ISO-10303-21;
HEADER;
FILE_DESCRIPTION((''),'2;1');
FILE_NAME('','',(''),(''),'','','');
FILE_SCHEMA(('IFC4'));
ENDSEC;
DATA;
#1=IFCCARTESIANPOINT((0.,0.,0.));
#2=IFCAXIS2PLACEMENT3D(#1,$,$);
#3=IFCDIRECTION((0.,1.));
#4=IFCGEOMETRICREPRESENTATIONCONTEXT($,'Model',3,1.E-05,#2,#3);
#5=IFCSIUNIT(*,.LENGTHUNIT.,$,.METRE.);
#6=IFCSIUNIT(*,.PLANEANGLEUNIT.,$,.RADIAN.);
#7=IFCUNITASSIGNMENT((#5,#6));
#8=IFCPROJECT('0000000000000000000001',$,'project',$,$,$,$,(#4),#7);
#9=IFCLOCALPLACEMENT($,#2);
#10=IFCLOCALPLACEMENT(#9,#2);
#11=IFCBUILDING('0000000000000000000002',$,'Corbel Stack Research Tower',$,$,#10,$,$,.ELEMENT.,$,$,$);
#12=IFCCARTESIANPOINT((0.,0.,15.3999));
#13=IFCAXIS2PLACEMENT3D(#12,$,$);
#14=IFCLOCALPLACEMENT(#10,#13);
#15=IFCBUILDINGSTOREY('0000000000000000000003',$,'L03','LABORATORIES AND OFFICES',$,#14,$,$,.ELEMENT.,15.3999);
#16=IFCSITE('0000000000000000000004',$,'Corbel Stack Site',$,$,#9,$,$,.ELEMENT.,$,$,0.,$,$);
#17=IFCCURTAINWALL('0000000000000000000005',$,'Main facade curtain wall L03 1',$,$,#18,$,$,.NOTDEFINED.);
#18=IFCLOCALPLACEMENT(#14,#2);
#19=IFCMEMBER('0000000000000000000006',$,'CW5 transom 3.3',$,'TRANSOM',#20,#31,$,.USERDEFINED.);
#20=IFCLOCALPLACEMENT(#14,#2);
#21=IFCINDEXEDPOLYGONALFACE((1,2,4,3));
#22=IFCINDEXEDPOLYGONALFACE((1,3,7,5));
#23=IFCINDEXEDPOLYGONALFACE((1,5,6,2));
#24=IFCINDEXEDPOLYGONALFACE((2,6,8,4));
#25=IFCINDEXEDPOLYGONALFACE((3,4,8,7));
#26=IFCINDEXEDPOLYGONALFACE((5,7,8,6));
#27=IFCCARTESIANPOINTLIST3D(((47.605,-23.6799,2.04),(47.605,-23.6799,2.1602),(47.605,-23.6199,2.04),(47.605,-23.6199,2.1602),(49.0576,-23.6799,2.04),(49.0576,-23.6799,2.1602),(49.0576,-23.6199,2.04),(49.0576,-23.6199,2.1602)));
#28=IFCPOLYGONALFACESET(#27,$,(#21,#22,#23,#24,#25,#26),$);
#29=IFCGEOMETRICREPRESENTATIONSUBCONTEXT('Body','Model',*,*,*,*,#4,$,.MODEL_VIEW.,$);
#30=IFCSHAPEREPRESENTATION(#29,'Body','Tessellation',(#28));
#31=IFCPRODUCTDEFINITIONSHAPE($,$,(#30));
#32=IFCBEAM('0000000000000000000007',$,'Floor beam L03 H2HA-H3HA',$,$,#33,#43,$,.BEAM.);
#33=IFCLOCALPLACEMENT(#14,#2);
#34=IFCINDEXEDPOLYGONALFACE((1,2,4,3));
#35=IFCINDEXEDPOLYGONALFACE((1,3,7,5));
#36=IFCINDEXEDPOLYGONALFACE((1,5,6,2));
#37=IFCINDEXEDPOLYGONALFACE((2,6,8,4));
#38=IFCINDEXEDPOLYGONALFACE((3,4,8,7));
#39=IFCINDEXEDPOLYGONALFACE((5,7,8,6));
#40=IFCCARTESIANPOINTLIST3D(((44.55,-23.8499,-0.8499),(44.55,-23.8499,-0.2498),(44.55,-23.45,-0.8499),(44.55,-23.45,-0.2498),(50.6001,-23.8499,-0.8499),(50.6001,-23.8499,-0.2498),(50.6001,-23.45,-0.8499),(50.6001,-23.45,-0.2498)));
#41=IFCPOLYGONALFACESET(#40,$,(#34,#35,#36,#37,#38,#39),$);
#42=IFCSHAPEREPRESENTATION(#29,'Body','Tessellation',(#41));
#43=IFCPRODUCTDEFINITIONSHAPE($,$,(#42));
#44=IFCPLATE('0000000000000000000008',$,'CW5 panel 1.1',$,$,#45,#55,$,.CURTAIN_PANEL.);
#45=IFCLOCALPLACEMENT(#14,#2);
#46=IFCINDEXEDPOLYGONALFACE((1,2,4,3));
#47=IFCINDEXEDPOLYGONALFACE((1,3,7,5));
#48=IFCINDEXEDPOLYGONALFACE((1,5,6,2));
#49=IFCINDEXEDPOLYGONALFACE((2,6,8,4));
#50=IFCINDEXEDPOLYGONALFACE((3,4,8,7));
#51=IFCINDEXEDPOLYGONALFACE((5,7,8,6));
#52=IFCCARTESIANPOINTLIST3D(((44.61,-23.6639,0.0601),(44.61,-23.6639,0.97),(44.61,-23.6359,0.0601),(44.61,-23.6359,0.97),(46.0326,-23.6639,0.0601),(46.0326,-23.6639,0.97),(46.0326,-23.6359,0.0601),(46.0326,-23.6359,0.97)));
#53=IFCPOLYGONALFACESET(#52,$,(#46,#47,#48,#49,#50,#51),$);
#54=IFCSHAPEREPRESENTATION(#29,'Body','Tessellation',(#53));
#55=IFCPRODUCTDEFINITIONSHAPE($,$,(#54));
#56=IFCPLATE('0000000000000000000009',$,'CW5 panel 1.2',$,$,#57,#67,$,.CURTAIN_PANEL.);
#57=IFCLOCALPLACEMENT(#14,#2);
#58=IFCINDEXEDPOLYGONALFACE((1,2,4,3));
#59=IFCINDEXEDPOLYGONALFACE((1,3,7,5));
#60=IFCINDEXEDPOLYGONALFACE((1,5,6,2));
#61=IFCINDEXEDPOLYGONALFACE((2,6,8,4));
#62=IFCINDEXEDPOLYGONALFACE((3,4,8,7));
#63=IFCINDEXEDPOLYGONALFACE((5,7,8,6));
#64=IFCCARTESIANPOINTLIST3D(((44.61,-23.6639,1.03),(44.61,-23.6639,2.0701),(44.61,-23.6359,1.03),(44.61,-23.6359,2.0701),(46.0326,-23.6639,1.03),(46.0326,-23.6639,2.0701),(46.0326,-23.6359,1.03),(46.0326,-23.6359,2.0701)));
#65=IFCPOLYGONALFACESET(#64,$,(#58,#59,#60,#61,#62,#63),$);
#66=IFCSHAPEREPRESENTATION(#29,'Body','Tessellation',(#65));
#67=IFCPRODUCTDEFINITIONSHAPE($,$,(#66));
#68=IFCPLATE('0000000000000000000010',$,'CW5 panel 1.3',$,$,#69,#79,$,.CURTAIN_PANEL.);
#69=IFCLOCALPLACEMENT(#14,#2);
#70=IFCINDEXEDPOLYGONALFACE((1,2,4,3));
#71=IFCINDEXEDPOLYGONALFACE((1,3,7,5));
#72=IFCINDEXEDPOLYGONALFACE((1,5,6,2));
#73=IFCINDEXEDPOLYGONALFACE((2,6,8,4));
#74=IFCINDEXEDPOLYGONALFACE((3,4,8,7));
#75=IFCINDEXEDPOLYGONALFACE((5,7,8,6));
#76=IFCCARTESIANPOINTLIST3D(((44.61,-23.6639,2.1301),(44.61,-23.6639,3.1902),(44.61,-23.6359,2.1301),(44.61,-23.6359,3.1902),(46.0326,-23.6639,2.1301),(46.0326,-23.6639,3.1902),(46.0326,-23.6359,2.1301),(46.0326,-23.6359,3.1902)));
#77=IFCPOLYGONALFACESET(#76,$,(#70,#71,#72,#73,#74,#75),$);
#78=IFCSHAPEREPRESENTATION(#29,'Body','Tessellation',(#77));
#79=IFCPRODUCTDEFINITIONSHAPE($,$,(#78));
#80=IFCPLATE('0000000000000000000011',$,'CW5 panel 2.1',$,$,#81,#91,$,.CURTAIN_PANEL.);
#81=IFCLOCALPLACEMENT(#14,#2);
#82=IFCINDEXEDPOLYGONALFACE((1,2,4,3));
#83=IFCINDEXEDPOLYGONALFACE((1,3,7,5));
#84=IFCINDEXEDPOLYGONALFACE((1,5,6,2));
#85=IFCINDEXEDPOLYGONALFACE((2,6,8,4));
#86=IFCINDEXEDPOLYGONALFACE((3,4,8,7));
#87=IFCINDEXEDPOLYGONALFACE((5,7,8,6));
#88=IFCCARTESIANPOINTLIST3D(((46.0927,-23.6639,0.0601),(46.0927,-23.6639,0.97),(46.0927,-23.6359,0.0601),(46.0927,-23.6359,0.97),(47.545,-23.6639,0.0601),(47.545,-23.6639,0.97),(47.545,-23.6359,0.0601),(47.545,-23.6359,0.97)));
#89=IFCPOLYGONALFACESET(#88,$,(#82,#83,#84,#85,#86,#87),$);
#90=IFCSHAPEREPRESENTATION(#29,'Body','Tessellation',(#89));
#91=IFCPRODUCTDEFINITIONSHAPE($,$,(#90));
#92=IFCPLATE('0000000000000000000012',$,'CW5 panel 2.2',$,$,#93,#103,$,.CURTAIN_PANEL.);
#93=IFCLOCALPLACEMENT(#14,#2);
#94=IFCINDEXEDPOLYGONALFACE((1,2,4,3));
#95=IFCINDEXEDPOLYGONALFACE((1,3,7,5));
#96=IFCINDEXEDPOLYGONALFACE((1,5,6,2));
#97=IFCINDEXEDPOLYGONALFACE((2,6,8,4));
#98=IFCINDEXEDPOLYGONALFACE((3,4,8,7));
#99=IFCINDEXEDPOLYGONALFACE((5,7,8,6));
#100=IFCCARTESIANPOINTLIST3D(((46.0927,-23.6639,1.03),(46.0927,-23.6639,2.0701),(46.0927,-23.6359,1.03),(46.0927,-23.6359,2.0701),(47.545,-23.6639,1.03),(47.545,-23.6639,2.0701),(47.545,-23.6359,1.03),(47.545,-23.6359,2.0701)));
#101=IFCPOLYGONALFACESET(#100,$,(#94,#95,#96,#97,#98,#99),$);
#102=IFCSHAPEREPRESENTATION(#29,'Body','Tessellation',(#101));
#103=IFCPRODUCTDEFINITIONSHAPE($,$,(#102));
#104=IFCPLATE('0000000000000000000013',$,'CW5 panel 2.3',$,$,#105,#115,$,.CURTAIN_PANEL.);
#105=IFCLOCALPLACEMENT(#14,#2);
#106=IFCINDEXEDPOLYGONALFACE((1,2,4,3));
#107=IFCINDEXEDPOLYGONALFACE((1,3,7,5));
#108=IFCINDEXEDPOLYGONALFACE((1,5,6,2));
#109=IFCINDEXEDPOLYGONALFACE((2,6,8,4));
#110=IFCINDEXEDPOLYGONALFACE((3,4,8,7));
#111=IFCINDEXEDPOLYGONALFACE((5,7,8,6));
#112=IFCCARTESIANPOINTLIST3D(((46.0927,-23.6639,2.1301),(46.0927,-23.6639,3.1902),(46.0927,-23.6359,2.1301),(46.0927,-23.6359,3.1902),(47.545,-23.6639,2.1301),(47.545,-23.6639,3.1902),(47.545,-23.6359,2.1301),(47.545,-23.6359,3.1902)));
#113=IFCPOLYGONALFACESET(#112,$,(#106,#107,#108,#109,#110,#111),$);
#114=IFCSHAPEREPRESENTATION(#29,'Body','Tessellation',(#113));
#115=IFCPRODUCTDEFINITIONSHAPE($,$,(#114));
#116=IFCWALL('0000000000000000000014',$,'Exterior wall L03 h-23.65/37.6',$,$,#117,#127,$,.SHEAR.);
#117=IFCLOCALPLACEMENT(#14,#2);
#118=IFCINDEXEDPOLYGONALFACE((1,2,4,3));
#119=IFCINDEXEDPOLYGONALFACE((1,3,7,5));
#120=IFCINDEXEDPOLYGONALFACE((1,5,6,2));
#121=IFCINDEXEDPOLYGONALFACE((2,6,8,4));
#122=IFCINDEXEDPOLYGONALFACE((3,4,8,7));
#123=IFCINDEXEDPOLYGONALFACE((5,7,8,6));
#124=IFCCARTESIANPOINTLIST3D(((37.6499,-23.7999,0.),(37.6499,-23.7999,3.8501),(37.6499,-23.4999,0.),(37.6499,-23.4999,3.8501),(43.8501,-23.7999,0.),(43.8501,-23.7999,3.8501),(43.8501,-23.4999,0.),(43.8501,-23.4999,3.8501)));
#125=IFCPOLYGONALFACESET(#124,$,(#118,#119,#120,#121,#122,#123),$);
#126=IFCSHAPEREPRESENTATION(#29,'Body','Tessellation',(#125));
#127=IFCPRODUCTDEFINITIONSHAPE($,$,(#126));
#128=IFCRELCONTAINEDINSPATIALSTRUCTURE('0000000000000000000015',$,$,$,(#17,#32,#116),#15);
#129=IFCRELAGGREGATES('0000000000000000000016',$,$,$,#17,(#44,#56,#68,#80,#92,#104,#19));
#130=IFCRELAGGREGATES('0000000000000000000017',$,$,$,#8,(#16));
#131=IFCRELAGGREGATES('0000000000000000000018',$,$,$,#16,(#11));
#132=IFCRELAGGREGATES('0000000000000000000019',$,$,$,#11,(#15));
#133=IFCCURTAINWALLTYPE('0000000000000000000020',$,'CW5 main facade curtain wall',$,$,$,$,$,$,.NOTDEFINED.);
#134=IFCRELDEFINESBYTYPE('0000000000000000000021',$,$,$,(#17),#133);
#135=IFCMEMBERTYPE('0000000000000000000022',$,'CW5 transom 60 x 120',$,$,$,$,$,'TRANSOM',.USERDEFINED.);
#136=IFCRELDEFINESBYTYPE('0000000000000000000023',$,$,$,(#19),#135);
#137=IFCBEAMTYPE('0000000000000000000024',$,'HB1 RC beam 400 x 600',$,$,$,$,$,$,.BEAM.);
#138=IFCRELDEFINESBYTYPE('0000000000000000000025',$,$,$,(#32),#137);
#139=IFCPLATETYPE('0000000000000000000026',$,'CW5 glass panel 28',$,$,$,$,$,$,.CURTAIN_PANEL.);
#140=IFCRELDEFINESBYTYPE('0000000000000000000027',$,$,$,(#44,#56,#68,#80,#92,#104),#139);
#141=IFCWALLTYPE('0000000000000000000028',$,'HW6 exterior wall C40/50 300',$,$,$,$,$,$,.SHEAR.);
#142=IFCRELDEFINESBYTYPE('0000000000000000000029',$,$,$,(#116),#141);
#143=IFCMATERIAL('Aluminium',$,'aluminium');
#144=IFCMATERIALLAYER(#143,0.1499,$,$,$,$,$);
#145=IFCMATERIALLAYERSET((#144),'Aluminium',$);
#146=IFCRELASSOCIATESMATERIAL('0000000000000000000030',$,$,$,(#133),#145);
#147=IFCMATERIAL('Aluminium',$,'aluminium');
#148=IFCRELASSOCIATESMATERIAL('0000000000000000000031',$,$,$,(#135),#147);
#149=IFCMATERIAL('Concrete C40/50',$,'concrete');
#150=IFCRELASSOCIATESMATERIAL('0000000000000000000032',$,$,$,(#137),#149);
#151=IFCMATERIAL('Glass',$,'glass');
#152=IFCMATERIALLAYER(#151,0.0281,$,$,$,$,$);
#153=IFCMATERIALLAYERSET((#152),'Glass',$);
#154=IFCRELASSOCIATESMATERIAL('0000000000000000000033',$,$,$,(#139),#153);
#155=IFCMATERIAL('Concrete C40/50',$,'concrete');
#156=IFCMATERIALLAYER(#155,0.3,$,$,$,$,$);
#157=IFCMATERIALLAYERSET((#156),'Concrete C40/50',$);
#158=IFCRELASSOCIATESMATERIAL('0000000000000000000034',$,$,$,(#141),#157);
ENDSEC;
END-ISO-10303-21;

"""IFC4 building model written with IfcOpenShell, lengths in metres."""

from ifc_helpers import new_model, si_unit, direction, frame, frame_2d, origin, origin_2d, place, context, subcontext, project, spatial, rectangle, extrude, material, layer, layer_set, material_profile, profile_set, type_object, element, aggregate, save


model = new_model("IFC4")

# Units and contexts
model_context = context("Model", 3, precision=1e-05, world=origin(), true_north=direction((0.0, 1.0)))
body_context = subcontext(model_context, "Body", "Model", "MODEL_VIEW")
ifc_project = project(units=[si_unit("LENGTHUNIT", "METRE"), si_unit("PLANEANGLEUNIT", "RADIAN")], contexts=[model_context])

# Site, building, storey
site_placement = place(None, origin())
site = spatial("IfcSite", under=ifc_project, at=site_placement, Name="Corbel Stack Site", CompositionType="ELEMENT", RefElevation=0.0)
building_placement = place(site_placement, origin())
building = spatial("IfcBuilding", under=site, at=building_placement, Name="Corbel Stack Research Tower", CompositionType="ELEMENT")
storey_placement = place(building_placement, frame((0.0, 0.0, 15.3999)))
storey = spatial("IfcBuildingStorey", under=building, at=storey_placement, Name="L03", Description="LABORATORIES AND OFFICES", CompositionType="ELEMENT", Elevation=15.3999)

# Curtain wall, member
ifc_material_1 = material(Name="Aluminium", Category="aluminium")
ifc_layer_1 = layer(ifc_material_1, 0.1499)
ifc_layer_set_1 = layer_set([ifc_layer_1], Name="Aluminium")
curtain_wall_type = type_object("IfcCurtainWallType", Name="CW5 main facade curtain wall", PredefinedType="NOTDEFINED", material=ifc_layer_set_1)
curtain_wall_placement = place(storey_placement, origin())
curtain_wall = element("IfcCurtainWall", 1, at=curtain_wall_placement, inside=storey, type_object=curtain_wall_type, Name="Main facade curtain wall L03 1", PredefinedType="NOTDEFINED")
ifc_material_2 = material(Name="Aluminium", Category="aluminium")
ifc_material_profile_1 = material_profile(ifc_material_2, rectangle(XDim=0.0601, YDim=0.1201, at=origin_2d()), Name="Transom 60 x 120")
ifc_profile_set_1 = profile_set([ifc_material_profile_1], Name="Aluminium")
member_type_1 = type_object("IfcMemberType", Name="CW5 transom 60 x 120", ElementType="TRANSOM", PredefinedType="USERDEFINED", material=ifc_profile_set_1)
member_1_placement = place(storey_placement, frame((47.605, -23.6499, 2.1001), z_axis=(1.0, 0.0, 0.0), x_axis=(0.0, 1.0, 0.0)))
member_1 = element("IfcMember", 2, at=member_1_placement, type_object=member_type_1, Name="CW5 transom 3.3", ObjectType="TRANSOM", PredefinedType="USERDEFINED", context=body_context, shape_type="SweptSolid", body=[
    extrude(rectangle(XDim=0.0601, YDim=0.1201, at=origin_2d()), origin(), (0.0, 0.0, 1.0), 1.4526),
])

# Beam
ifc_material_3 = material(Name="Concrete C40/50", Category="concrete")
ifc_material_profile_2 = material_profile(ifc_material_3, rectangle(XDim=0.3999, YDim=0.6001, at=origin_2d()), Name="RC 400 x 600")
ifc_profile_set_2 = profile_set([ifc_material_profile_2], Name="Concrete C40/50")
beam_type = type_object("IfcBeamType", Name="HB1 RC beam 400 x 600", PredefinedType="BEAM", material=ifc_profile_set_2)
beam_placement = place(storey_placement, frame((44.55, -23.6499, -0.5498), z_axis=(1.0, 0.0, 0.0), x_axis=(0.0, 1.0, 0.0)))
element("IfcBeam", 3, at=beam_placement, inside=storey, type_object=beam_type, Name="Floor beam L03 H2HA-H3HA", PredefinedType="BEAM", context=body_context, shape_type="SweptSolid", body=[
    extrude(rectangle(XDim=0.3999, YDim=0.6001, at=origin_2d()), origin(), (0.0, 0.0, 1.0), 6.05),
])

# Plates
ifc_material_4 = material(Name="Glass", Category="glass")
ifc_layer_2 = layer(ifc_material_4, 0.0281)
ifc_layer_set_2 = layer_set([ifc_layer_2], Name="Glass")
plate_type = type_object("IfcPlateType", Name="CW5 glass panel 28", PredefinedType="CURTAIN_PANEL", material=ifc_layer_set_2)
plate_1_placement = place(storey_placement, frame((45.3213, -23.6499, 0.0601), z_axis=(0.0, 0.0, 1.0), x_axis=(1.0, 0.0, 0.0)))
plate_1 = element("IfcPlate", 4, at=plate_1_placement, type_object=plate_type, Name="CW5 panel 1.1", PredefinedType="CURTAIN_PANEL", context=body_context, shape_type="SweptSolid", body=[
    extrude(rectangle(XDim=1.4226, YDim=0.0281, at=origin_2d()), origin(), (0.0, 0.0, 1.0), 0.9099),
])
plate_2_placement = place(storey_placement, frame((45.3213, -23.6499, 1.03), z_axis=(0.0, 0.0, 1.0), x_axis=(1.0, 0.0, 0.0)))
plate_2 = element("IfcPlate", 5, at=plate_2_placement, type_object=plate_type, Name="CW5 panel 1.2", PredefinedType="CURTAIN_PANEL", context=body_context, shape_type="SweptSolid", body=[
    extrude(rectangle(XDim=1.4226, YDim=0.0281, at=origin_2d()), origin(), (0.0, 0.0, 1.0), 1.04),
])
plate_3_placement = place(storey_placement, frame((45.3213, -23.6499, 2.1301), z_axis=(0.0, 0.0, 1.0), x_axis=(1.0, 0.0, 0.0)))
plate_3 = element("IfcPlate", 6, at=plate_3_placement, type_object=plate_type, Name="CW5 panel 1.3", PredefinedType="CURTAIN_PANEL", context=body_context, shape_type="SweptSolid", body=[
    extrude(rectangle(XDim=1.4226, YDim=0.0281, at=origin_2d()), origin(), (0.0, 0.0, 1.0), 1.0601),
])
plate_4_placement = place(storey_placement, frame((46.8188, -23.6499, 0.0601), z_axis=(0.0, 0.0, 1.0), x_axis=(1.0, 0.0, 0.0)))
plate_4 = element("IfcPlate", 7, at=plate_4_placement, type_object=plate_type, Name="CW5 panel 2.1", PredefinedType="CURTAIN_PANEL", context=body_context, shape_type="SweptSolid", body=[
    extrude(rectangle(XDim=1.4524, YDim=0.0281, at=origin_2d()), origin(), (0.0, 0.0, 1.0), 0.9099),
])
plate_5_placement = place(storey_placement, frame((46.8188, -23.6499, 1.03), z_axis=(0.0, 0.0, 1.0), x_axis=(1.0, 0.0, 0.0)))
plate_5 = element("IfcPlate", 8, at=plate_5_placement, type_object=plate_type, Name="CW5 panel 2.2", PredefinedType="CURTAIN_PANEL", context=body_context, shape_type="SweptSolid", body=[
    extrude(rectangle(XDim=1.4524, YDim=0.0281, at=origin_2d()), origin(), (0.0, 0.0, 1.0), 1.04),
])
plate_6_placement = place(storey_placement, frame((46.8188, -23.6499, 2.1301), z_axis=(0.0, 0.0, 1.0), x_axis=(1.0, 0.0, 0.0)))
plate_6 = element("IfcPlate", 9, at=plate_6_placement, type_object=plate_type, Name="CW5 panel 2.3", PredefinedType="CURTAIN_PANEL", context=body_context, shape_type="SweptSolid", body=[
    extrude(rectangle(XDim=1.4524, YDim=0.0281, at=origin_2d()), origin(), (0.0, 0.0, 1.0), 1.0601),
])
aggregate(curtain_wall, [plate_1, plate_2, plate_3, plate_4, plate_5, plate_6, member_1])

# Wall
ifc_material_5 = material(Name="Concrete C40/50", Category="concrete")
ifc_layer_3 = layer(ifc_material_5, 0.3)
ifc_layer_set_3 = layer_set([ifc_layer_3], Name="Concrete C40/50")
wall_type = type_object("IfcWallType", Name="HW6 exterior wall C40/50 300", PredefinedType="SHEAR", material=ifc_layer_set_3)
wall_placement = place(storey_placement, frame((37.6499, -23.6499, 0.0), z_axis=(0.0, 0.0, 1.0), x_axis=(1.0, 0.0, 0.0)))
element("IfcWall", 10, at=wall_placement, inside=storey, type_object=wall_type, Name="Exterior wall L03 h-23.65/37.6", PredefinedType="SHEAR", context=body_context, shape_type="SweptSolid", body=[
    extrude(rectangle(XDim=6.2002, YDim=0.3, at=frame_2d((3.1001, 0.0))), origin(), (0.0, 0.0, 1.0), 3.8501),
])

save(model, "model.ifc")
